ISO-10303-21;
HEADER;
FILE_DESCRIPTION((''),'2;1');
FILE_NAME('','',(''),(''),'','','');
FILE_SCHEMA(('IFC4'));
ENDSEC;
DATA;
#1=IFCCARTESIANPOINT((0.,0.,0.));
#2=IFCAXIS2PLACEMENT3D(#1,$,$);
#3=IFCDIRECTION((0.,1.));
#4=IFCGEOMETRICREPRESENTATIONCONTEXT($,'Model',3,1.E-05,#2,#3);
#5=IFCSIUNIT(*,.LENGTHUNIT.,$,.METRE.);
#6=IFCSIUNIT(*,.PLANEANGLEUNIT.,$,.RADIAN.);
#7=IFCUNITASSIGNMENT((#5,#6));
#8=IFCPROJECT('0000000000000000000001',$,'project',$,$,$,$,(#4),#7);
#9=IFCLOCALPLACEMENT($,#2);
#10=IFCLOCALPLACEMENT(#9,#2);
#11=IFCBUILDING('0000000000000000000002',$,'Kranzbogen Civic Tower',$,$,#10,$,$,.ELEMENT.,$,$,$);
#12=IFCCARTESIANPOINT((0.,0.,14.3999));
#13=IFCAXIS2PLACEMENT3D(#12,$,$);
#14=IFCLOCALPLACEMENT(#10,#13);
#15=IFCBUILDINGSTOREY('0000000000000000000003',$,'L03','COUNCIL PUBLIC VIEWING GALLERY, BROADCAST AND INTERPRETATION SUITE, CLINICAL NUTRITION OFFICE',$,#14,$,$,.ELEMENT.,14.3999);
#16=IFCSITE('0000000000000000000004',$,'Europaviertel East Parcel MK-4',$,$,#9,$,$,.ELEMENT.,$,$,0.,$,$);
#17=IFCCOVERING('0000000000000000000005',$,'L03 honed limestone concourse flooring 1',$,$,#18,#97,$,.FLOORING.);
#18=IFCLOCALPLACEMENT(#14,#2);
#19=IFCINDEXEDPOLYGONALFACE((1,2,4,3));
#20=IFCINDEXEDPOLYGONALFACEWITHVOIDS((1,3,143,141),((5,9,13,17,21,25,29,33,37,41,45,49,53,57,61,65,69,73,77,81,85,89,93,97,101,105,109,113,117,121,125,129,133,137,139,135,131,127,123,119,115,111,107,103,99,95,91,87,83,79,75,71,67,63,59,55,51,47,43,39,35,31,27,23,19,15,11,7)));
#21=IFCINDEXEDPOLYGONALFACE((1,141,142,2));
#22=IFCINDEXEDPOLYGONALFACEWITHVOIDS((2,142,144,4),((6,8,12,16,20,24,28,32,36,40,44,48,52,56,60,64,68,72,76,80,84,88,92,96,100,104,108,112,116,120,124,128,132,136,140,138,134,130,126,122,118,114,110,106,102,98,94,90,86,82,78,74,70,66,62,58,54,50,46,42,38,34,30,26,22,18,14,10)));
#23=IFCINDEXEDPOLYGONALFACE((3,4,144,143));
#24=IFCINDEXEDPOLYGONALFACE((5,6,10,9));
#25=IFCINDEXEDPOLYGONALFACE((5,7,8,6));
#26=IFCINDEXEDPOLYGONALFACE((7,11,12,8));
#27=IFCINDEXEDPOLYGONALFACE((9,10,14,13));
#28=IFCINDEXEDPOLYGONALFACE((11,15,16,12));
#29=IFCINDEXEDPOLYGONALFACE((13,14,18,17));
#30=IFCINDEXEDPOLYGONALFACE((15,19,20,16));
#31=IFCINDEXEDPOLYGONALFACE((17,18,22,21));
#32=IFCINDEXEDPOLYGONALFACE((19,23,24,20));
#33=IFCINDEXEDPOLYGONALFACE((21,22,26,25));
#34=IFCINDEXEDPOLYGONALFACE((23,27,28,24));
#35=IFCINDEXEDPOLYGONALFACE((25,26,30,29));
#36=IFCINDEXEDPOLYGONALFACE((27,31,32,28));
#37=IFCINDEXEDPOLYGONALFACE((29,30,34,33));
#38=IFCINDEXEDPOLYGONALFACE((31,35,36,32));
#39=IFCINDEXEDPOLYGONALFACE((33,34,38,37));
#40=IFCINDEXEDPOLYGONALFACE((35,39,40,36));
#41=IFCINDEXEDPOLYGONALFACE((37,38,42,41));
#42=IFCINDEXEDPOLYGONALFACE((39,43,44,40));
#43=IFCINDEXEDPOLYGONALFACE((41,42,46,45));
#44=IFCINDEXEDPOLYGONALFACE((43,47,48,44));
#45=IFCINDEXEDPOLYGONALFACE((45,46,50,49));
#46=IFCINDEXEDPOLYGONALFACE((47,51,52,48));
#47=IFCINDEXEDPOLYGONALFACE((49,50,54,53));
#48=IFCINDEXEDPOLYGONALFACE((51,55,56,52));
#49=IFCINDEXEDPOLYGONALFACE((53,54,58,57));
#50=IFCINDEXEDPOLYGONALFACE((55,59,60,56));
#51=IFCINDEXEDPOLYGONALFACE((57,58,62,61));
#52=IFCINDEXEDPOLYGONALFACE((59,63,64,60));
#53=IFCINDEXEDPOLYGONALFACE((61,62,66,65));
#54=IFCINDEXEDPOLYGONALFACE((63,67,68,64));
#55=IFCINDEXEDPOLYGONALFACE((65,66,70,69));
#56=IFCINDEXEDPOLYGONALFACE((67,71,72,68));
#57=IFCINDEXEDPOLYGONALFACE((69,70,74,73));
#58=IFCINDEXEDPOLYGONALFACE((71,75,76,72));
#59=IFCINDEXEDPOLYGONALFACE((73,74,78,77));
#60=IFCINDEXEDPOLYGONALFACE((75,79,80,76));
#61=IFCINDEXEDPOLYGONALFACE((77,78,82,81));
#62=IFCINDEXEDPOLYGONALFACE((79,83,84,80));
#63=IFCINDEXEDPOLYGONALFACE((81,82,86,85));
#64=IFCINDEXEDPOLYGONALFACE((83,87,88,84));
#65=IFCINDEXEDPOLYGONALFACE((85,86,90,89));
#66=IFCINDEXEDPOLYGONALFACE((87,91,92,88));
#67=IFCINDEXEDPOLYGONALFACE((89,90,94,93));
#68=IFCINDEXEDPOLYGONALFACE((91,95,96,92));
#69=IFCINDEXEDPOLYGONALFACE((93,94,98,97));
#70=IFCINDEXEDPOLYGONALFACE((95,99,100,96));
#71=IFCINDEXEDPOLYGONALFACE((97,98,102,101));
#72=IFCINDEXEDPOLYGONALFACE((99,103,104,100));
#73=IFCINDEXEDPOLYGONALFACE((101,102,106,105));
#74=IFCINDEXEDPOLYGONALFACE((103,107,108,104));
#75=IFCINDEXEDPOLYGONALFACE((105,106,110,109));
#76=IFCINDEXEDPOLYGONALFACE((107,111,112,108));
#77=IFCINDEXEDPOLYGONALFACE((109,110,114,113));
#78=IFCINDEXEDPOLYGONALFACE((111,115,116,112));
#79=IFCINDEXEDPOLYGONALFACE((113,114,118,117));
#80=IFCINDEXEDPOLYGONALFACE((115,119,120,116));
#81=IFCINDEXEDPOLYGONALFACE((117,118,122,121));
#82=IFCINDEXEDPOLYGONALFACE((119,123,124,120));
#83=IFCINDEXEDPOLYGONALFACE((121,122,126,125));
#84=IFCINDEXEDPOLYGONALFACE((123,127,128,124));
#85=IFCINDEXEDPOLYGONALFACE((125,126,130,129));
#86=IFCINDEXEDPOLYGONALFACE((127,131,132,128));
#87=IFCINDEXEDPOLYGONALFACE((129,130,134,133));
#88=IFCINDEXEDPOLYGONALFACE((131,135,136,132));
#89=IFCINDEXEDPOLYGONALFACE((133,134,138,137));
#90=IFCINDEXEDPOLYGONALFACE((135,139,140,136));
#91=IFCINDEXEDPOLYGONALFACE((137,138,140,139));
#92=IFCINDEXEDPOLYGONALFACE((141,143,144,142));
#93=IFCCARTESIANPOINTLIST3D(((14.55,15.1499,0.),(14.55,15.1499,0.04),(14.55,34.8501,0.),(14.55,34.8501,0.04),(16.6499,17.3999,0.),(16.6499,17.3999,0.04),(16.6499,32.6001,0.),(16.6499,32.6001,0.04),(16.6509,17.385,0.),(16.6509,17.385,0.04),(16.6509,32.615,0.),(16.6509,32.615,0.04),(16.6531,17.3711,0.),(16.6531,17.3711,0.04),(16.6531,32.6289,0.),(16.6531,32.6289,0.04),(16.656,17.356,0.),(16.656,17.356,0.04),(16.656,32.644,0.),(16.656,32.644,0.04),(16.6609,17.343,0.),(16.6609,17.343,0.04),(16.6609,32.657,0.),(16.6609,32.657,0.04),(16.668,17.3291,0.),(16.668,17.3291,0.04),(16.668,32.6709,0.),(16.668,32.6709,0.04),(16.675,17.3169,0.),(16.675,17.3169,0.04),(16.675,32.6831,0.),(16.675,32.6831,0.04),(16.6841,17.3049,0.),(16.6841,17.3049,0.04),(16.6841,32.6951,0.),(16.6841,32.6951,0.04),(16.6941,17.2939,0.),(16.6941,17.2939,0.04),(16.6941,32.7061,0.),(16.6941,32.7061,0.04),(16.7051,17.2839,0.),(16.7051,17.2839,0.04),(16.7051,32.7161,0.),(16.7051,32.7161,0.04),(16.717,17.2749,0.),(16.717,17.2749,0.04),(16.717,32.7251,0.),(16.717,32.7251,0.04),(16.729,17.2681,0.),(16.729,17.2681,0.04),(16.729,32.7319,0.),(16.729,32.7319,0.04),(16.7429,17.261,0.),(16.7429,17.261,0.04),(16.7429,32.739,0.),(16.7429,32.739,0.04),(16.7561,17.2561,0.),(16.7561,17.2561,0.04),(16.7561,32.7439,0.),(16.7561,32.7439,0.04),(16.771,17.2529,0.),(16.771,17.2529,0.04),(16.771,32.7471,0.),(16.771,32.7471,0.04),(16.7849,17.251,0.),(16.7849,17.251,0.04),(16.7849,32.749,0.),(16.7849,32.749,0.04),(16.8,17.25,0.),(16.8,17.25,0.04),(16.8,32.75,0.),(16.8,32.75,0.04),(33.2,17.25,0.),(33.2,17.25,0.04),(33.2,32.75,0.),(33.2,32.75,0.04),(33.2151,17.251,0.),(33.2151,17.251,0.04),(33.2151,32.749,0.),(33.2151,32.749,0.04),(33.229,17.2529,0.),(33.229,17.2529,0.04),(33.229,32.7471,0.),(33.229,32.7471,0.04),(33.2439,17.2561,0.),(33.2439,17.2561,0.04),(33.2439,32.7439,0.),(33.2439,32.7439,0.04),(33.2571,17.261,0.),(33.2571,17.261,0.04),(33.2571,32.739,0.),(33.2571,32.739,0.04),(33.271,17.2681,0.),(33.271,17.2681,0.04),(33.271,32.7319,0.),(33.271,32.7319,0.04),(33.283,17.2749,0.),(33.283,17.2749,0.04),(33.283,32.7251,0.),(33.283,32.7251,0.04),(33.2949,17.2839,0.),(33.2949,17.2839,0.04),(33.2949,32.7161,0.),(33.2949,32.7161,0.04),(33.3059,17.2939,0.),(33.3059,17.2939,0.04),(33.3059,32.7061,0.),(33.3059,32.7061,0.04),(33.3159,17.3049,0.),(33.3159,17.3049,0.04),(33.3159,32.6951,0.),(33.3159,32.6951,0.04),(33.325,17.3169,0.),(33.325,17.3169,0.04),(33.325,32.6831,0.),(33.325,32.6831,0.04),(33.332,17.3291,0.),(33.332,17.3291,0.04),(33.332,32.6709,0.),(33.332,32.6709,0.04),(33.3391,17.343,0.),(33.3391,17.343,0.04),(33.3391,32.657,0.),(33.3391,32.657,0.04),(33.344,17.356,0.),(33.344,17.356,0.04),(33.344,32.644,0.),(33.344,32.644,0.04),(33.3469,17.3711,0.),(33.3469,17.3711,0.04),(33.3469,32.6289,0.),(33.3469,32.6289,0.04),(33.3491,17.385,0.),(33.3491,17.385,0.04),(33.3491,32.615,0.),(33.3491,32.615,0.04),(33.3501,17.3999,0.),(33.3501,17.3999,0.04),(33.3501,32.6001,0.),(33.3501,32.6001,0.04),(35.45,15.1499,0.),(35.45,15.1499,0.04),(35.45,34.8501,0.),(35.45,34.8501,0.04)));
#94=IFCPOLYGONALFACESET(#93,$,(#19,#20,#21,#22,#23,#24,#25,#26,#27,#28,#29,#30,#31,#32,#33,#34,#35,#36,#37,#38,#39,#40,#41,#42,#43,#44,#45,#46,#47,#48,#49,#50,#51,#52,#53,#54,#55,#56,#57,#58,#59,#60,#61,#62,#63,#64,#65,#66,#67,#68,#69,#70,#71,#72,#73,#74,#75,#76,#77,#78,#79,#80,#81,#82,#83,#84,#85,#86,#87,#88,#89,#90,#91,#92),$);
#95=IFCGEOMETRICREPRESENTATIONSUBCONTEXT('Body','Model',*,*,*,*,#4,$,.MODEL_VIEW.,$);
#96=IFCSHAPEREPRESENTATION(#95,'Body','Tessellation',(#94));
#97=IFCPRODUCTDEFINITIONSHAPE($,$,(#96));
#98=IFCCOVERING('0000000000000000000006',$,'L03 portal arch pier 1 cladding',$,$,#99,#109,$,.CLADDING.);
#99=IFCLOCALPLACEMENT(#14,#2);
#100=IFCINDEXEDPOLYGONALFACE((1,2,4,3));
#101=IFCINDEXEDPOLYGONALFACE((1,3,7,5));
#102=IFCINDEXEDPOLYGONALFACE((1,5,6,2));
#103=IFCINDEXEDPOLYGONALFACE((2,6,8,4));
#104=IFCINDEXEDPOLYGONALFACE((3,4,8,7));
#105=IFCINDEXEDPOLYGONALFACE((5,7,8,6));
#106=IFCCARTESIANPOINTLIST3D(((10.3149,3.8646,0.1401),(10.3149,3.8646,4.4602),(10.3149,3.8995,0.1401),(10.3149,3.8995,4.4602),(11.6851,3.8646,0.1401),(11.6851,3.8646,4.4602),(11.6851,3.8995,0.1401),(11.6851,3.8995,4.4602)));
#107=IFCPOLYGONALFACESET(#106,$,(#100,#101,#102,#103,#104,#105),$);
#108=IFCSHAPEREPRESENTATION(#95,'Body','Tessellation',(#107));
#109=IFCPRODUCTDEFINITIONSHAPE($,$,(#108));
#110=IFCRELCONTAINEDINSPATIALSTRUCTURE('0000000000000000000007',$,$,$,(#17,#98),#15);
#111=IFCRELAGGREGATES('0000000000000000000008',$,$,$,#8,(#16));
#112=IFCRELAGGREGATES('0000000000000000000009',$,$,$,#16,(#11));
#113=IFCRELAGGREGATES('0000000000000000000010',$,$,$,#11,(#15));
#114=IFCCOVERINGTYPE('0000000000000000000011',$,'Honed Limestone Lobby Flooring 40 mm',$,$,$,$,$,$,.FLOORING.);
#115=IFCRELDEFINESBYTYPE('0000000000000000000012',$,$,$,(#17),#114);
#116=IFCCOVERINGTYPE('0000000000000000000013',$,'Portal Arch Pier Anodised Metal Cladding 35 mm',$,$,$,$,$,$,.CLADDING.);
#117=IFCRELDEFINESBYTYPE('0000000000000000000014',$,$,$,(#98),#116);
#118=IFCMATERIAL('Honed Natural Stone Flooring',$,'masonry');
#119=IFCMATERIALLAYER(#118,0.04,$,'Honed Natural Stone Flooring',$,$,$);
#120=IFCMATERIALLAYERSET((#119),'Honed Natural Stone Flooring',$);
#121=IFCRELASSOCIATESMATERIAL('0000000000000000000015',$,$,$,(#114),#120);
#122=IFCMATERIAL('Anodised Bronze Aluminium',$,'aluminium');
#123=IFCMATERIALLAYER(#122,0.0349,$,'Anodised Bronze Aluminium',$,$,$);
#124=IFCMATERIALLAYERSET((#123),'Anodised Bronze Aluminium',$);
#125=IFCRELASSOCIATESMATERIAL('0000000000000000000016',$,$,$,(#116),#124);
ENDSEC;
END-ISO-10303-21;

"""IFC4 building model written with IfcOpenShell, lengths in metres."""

from ifc_helpers import new_model, si_unit, direction, frame, origin, origin_2d, place, context, subcontext, project, spatial, polyline, rectangle, outline, extrude, material, layer, layer_set, type_object, element, save


model = new_model("IFC4")

# Units and contexts
model_context = context("Model", 3, precision=1e-05, world=origin(), true_north=direction((0.0, 1.0)))
body_context = subcontext(model_context, "Body", "Model", "MODEL_VIEW")
ifc_project = project(units=[si_unit("LENGTHUNIT", "METRE"), si_unit("PLANEANGLEUNIT", "RADIAN")], contexts=[model_context])

# Site, building, storey
site_placement = place(None, origin())
site = spatial("IfcSite", under=ifc_project, at=site_placement, Name="Europaviertel East Parcel MK-4", CompositionType="ELEMENT", RefElevation=0.0)
building_placement = place(site_placement, origin())
building = spatial("IfcBuilding", under=site, at=building_placement, Name="Kranzbogen Civic Tower", CompositionType="ELEMENT")
storey_placement = place(building_placement, frame((0.0, 0.0, 14.3999)))
storey = spatial("IfcBuildingStorey", under=building, at=storey_placement, Name="L03", Description="COUNCIL PUBLIC VIEWING GALLERY, BROADCAST AND INTERPRETATION SUITE, CLINICAL NUTRITION OFFICE", CompositionType="ELEMENT", Elevation=14.3999)

# Covering
ifc_material_1 = material(Name="Honed Natural Stone Flooring", Category="masonry")
ifc_layer_1 = layer(ifc_material_1, 0.04, Name="Honed Natural Stone Flooring")
ifc_layer_set_1 = layer_set([ifc_layer_1], Name="Honed Natural Stone Flooring")
covering_type_1 = type_object("IfcCoveringType", Name="Honed Limestone Lobby Flooring 40 mm", PredefinedType="FLOORING", material=ifc_layer_set_1)
covering_1_placement = place(storey_placement, origin())
element("IfcCovering", 1, at=covering_1_placement, inside=storey, type_object=covering_type_1, Name="L03 honed limestone concourse flooring 1", PredefinedType="FLOORING", context=body_context, shape_type="SweptSolid", body=[
    extrude(outline(polyline([(14.55, 15.1499), (14.55, 34.8501), (35.45, 34.8501), (35.45, 15.1499), (14.55, 15.1499)]), holes=[polyline([(33.3501, 17.3999), (33.3491, 17.385), (33.3469, 17.3711), (33.344, 17.356), (33.3391, 17.343), (33.332, 17.3291), (33.325, 17.3169), (33.3159, 17.3049), (33.3059, 17.2939), (33.2949, 17.2839), (33.283, 17.2749), (33.271, 17.2681), (33.2571, 17.261), (33.2439, 17.2561), (33.229, 17.2529), (33.2151, 17.251), (33.2, 17.25), (16.8, 17.25), (16.7849, 17.251), (16.771, 17.2529), (16.7561, 17.2561), (16.7429, 17.261), (16.729, 17.2681), (16.717, 17.2749), (16.7051, 17.2839), (16.6941, 17.2939), (16.6841, 17.3049), (16.675, 17.3169), (16.668, 17.3291), (16.6609, 17.343), (16.656, 17.356), (16.6531, 17.3711), (16.6509, 17.385), (16.6499, 17.3999), (16.6499, 32.6001), (16.6509, 32.615), (16.6531, 32.6289), (16.656, 32.644), (16.6609, 32.657), (16.668, 32.6709), (16.675, 32.6831), (16.6841, 32.6951), (16.6941, 32.7061), (16.7051, 32.7161), (16.717, 32.7251), (16.729, 32.7319), (16.7429, 32.739), (16.7561, 32.7439), (16.771, 32.7471), (16.7849, 32.749), (16.8, 32.75), (33.2, 32.75), (33.2151, 32.749), (33.229, 32.7471), (33.2439, 32.7439), (33.2571, 32.739), (33.271, 32.7319), (33.283, 32.7251), (33.2949, 32.7161), (33.3059, 32.7061), (33.3159, 32.6951), (33.325, 32.6831), (33.332, 32.6709), (33.3391, 32.657), (33.344, 32.644), (33.3469, 32.6289), (33.3491, 32.615), (33.3501, 32.6001), (33.3501, 17.3999)])]), origin(), (0.0, 0.0, 1.0), 0.04),
])

# Covering
ifc_material_2 = material(Name="Anodised Bronze Aluminium", Category="aluminium")
ifc_layer_2 = layer(ifc_material_2, 0.0349, Name="Anodised Bronze Aluminium")
ifc_layer_set_2 = layer_set([ifc_layer_2], Name="Anodised Bronze Aluminium")
covering_type_2 = type_object("IfcCoveringType", Name="Portal Arch Pier Anodised Metal Cladding 35 mm", PredefinedType="CLADDING", material=ifc_layer_set_2)
covering_2_placement = place(storey_placement, frame((11.0, 3.8821, 0.1401), z_axis=(0.0, 0.0, 1.0), x_axis=(1.0, 0.0, 0.0)))
element("IfcCovering", 2, at=covering_2_placement, inside=storey, type_object=covering_type_2, Name="L03 portal arch pier 1 cladding", PredefinedType="CLADDING", context=body_context, shape_type="SweptSolid", body=[
    extrude(rectangle(XDim=1.3701, YDim=0.0349, at=origin_2d()), origin(), (0.0, 0.0, 1.0), 4.3201),
])

save(model, "model.ifc")
